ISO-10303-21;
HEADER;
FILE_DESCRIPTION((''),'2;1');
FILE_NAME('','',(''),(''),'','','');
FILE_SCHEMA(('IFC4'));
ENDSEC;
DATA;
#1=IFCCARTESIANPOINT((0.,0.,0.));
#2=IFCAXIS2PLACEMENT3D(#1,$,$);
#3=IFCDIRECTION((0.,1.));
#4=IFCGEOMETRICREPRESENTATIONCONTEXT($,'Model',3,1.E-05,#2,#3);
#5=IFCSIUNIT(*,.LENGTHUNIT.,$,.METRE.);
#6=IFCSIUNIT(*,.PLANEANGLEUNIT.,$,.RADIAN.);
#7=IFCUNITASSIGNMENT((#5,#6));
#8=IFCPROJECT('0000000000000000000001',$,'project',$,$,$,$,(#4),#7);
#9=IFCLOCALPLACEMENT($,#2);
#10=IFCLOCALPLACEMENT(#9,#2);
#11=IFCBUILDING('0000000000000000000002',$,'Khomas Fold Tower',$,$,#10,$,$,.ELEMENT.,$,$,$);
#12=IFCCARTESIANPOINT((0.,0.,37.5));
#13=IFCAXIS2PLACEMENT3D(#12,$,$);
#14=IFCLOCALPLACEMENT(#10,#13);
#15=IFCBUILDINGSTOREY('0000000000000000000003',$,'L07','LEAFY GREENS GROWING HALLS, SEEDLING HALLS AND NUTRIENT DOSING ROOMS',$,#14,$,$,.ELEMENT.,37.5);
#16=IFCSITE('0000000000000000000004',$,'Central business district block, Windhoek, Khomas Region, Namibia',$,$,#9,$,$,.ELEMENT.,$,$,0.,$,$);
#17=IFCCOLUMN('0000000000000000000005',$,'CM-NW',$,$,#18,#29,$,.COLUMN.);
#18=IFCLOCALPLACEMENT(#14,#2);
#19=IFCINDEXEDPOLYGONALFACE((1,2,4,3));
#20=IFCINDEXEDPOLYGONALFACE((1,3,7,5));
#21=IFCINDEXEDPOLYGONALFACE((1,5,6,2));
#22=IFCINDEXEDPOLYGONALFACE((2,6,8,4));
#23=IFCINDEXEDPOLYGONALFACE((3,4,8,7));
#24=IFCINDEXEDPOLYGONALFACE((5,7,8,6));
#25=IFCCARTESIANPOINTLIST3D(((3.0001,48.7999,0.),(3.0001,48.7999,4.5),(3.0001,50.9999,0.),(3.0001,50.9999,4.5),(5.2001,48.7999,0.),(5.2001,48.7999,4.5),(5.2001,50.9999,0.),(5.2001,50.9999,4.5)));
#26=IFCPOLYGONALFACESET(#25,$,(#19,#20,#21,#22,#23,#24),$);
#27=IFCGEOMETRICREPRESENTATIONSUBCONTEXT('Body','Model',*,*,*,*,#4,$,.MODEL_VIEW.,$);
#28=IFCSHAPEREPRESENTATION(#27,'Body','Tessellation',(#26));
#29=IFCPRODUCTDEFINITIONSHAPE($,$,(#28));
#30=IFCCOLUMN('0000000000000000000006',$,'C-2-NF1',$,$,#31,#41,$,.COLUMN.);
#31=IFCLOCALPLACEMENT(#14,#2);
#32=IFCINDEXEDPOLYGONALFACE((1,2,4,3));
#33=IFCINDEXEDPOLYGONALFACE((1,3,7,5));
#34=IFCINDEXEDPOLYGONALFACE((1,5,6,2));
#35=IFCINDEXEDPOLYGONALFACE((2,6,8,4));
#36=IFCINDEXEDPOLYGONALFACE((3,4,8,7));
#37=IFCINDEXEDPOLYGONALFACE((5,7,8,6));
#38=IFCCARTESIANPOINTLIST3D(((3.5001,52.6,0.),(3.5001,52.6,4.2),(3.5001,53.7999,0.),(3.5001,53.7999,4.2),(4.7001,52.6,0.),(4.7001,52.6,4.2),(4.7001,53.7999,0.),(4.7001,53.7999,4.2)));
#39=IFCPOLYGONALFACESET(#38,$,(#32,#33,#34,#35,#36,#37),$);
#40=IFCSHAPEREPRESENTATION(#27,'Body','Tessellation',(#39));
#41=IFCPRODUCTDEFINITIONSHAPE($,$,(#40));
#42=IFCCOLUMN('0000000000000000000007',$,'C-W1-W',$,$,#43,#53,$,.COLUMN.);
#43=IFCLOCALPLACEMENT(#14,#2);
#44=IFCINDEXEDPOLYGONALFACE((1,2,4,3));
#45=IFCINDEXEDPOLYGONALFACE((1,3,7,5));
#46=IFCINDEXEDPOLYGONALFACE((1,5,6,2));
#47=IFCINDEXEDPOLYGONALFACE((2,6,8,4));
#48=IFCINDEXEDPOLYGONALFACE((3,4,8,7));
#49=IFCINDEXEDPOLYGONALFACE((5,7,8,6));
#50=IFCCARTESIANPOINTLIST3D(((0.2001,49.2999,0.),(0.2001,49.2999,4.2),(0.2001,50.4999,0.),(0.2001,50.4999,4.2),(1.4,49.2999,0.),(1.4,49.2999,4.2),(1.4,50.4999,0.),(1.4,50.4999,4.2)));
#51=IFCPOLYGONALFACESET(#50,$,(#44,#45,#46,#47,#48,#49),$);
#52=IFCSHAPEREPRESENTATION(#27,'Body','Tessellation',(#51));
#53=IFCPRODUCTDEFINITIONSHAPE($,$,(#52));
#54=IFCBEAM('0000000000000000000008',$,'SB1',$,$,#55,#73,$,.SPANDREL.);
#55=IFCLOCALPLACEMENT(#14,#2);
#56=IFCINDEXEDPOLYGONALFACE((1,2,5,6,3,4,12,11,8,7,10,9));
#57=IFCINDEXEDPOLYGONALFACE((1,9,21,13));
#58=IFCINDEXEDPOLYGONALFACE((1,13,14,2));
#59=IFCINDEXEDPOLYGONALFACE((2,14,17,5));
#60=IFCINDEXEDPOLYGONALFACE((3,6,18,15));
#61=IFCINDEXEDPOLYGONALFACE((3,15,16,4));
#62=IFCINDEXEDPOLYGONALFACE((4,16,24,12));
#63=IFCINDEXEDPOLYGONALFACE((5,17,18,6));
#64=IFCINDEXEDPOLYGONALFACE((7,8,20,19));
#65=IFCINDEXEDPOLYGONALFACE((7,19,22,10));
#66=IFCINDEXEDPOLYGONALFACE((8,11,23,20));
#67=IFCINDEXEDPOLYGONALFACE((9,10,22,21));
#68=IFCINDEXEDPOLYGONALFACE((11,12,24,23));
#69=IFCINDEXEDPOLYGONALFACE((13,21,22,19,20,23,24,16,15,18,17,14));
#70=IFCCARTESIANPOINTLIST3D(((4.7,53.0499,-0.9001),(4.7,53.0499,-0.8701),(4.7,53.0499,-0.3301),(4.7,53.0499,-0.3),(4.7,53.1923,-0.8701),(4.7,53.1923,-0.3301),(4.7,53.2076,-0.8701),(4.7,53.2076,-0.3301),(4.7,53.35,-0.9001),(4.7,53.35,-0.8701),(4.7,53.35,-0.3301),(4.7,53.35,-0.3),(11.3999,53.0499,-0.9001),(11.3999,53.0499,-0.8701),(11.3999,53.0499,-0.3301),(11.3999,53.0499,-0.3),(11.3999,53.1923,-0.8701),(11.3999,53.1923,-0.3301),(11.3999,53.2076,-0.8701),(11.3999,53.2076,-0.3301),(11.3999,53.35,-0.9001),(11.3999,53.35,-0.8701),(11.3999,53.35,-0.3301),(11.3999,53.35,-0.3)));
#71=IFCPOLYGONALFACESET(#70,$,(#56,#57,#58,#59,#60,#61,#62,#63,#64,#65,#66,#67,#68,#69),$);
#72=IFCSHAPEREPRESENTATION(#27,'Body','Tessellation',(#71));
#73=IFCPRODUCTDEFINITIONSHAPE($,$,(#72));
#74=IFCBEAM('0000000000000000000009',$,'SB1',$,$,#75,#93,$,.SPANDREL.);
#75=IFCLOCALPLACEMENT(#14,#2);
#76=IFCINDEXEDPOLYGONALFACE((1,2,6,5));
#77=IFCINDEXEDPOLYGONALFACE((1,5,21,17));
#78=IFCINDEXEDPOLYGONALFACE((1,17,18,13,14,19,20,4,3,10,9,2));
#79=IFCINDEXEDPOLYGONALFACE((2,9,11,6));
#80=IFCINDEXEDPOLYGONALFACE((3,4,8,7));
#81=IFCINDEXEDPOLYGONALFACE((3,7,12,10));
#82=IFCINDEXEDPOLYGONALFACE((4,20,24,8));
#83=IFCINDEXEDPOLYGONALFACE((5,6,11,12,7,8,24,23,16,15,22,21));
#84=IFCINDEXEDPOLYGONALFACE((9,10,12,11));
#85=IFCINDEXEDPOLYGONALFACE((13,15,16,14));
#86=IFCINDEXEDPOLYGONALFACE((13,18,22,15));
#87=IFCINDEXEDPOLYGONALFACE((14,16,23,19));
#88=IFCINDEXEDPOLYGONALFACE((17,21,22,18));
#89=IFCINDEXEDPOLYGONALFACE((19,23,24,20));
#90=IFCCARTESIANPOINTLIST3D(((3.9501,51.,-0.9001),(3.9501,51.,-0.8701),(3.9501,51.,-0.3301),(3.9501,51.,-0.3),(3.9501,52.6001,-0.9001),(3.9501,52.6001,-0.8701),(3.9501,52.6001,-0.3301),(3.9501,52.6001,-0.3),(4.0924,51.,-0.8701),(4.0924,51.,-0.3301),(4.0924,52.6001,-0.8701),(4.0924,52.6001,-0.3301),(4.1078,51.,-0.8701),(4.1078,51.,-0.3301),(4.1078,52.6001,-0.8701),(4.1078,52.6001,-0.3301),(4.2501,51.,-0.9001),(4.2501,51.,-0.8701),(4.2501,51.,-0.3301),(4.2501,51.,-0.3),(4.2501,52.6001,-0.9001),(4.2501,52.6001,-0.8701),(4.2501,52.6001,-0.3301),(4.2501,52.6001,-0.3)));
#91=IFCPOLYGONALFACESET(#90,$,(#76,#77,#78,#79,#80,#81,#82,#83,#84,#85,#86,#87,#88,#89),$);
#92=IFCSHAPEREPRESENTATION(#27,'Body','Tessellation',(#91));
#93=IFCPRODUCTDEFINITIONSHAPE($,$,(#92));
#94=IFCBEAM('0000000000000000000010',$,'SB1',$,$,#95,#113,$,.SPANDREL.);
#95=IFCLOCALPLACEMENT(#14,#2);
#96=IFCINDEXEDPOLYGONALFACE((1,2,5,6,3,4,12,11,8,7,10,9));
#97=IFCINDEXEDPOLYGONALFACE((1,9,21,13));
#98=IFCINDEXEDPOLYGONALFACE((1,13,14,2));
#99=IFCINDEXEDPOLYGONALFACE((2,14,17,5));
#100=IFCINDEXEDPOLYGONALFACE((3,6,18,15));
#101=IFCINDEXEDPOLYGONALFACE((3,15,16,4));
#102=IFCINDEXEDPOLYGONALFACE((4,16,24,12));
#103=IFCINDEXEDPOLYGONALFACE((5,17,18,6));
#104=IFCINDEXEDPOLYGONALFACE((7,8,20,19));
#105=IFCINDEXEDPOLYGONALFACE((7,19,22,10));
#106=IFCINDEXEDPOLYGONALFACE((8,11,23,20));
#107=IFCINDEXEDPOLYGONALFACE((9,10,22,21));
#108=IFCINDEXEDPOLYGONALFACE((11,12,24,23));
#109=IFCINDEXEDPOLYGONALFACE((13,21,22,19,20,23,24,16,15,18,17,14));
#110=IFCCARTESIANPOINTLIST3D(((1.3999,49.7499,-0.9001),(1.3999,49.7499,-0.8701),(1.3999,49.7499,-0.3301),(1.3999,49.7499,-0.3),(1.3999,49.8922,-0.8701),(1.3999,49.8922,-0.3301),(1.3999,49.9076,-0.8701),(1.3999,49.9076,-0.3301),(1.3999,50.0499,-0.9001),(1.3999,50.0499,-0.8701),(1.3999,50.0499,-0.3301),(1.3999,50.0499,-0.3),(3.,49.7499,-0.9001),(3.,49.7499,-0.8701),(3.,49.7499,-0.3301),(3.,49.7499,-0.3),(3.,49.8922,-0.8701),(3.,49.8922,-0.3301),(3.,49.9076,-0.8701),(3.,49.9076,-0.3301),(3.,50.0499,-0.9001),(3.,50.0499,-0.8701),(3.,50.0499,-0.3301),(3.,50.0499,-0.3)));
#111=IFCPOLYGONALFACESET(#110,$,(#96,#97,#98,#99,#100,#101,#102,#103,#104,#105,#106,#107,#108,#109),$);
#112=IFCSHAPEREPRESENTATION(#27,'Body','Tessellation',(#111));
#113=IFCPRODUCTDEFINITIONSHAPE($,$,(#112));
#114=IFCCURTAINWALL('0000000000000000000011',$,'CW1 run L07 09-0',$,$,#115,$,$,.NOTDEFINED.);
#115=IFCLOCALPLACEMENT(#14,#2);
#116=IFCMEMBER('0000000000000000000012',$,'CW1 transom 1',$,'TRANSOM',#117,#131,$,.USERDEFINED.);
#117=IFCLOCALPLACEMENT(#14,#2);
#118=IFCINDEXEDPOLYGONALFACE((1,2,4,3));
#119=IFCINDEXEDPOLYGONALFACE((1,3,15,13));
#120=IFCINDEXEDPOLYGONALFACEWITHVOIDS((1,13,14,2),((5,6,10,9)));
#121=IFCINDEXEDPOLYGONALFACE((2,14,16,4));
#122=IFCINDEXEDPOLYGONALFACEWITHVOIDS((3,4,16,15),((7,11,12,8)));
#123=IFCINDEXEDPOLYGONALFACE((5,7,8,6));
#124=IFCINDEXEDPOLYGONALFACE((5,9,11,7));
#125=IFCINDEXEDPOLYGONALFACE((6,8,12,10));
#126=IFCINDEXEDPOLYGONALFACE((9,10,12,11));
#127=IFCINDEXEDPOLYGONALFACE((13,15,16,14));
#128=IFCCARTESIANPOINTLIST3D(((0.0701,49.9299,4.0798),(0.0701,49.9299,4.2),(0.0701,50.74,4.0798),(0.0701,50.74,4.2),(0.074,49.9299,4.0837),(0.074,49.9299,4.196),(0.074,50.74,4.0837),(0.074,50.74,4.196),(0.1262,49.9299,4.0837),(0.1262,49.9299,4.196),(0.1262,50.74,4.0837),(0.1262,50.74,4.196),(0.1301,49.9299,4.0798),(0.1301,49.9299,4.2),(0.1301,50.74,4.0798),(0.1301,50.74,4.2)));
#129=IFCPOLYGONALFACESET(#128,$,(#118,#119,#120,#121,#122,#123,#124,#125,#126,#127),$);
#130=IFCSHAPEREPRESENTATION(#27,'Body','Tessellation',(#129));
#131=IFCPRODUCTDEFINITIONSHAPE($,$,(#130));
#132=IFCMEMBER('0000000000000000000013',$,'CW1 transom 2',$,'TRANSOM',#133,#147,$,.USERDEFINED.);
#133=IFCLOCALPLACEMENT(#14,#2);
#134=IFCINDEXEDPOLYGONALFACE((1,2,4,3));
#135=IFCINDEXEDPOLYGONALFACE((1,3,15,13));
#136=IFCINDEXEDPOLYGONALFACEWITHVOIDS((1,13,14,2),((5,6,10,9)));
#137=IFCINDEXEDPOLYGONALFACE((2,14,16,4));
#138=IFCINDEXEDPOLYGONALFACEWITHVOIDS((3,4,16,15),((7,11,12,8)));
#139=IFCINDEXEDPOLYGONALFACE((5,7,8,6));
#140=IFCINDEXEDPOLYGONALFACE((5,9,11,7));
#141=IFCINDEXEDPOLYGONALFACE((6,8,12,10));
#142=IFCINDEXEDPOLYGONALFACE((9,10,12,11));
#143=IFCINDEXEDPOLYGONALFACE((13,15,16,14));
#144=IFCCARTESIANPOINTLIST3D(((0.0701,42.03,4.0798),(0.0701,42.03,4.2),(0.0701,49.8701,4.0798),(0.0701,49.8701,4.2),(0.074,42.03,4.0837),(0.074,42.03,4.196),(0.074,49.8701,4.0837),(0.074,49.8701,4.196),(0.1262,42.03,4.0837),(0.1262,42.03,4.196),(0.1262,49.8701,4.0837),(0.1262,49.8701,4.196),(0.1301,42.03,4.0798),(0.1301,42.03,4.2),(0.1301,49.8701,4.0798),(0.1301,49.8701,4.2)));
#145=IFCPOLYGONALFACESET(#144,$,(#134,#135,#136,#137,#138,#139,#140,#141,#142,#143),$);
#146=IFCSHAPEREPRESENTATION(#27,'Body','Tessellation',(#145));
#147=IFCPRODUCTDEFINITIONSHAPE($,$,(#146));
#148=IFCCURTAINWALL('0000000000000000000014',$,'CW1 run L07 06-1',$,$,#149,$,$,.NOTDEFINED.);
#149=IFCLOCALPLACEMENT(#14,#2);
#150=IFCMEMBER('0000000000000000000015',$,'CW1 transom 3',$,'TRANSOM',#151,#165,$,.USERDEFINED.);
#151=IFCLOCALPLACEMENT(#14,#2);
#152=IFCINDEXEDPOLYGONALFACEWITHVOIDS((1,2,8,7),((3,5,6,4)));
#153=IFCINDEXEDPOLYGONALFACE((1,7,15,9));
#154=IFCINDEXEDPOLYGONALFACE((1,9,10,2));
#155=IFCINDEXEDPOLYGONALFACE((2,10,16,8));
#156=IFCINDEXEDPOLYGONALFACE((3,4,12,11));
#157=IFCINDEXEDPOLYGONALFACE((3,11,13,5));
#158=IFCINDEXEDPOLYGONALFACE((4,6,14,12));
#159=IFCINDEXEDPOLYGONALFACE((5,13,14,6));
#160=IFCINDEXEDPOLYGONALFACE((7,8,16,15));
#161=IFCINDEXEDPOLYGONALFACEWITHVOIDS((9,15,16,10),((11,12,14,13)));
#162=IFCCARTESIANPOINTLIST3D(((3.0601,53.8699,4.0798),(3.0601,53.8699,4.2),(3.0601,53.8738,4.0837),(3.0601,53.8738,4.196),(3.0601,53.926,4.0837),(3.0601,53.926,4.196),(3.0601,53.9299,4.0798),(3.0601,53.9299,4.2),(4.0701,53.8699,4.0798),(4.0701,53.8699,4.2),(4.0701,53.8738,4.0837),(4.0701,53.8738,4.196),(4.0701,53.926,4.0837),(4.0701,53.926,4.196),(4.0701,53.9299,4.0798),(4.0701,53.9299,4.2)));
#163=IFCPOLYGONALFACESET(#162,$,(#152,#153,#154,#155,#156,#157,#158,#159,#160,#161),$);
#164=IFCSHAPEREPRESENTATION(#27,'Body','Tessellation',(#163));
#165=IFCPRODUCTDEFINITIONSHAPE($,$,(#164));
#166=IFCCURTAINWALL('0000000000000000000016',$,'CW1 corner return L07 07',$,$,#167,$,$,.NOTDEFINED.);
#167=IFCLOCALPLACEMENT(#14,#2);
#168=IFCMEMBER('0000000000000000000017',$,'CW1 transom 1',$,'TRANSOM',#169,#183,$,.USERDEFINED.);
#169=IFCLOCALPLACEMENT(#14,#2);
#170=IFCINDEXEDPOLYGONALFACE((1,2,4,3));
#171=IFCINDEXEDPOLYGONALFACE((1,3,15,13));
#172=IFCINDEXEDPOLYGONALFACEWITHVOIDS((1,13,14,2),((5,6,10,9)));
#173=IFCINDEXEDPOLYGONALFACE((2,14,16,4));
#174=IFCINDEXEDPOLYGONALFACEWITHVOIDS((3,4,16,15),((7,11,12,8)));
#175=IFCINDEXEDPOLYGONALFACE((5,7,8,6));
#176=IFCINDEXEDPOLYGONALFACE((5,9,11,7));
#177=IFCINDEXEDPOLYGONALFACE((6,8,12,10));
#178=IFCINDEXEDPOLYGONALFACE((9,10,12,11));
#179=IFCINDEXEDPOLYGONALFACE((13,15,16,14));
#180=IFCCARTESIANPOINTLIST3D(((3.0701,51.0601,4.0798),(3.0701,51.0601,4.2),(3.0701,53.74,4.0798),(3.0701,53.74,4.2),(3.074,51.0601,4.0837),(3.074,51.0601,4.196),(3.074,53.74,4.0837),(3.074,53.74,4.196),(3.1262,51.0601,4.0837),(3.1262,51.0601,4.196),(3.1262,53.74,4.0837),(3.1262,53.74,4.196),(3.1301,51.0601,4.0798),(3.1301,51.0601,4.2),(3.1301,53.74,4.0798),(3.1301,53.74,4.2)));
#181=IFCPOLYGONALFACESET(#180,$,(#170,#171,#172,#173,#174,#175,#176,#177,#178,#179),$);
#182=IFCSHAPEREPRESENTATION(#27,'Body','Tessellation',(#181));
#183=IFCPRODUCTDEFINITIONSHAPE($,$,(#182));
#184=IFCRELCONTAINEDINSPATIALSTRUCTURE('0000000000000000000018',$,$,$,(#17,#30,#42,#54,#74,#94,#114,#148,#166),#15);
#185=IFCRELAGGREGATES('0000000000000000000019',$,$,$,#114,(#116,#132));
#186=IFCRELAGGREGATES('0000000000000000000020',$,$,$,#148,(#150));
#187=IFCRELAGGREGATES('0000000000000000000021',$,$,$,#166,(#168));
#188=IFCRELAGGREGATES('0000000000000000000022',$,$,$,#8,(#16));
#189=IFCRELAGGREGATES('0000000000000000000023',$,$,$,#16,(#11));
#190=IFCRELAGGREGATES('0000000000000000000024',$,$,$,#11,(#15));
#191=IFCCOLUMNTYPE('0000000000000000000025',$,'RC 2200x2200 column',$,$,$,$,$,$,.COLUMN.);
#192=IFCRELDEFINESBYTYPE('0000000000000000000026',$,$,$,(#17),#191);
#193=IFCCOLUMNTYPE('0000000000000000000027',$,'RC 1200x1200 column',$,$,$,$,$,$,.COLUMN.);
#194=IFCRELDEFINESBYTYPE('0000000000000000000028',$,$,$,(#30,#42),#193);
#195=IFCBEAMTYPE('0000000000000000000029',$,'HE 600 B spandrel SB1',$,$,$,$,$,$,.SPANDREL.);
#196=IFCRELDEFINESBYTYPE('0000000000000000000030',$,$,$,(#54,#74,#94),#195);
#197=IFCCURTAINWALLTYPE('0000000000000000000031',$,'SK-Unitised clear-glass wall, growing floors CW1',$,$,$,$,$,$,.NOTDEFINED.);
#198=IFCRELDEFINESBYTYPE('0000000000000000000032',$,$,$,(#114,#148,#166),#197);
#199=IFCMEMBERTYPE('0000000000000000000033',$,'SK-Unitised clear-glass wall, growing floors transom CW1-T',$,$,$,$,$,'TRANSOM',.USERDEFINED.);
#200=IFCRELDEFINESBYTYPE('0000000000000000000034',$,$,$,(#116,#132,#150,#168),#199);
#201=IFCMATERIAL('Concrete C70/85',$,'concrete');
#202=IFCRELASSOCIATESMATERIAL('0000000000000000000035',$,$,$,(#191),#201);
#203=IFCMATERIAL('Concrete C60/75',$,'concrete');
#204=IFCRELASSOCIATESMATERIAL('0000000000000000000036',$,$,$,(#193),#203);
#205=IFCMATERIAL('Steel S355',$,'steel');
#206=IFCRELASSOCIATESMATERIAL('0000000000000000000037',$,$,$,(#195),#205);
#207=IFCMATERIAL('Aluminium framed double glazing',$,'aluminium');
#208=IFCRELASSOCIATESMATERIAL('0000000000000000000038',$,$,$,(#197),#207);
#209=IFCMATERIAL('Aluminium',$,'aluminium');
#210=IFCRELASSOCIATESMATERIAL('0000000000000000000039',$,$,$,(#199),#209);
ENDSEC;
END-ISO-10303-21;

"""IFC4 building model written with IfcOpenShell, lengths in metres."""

from ifc_helpers import new_model, si_unit, direction, frame, origin, origin_2d, place, context, subcontext, project, spatial, rectangle, hollow_rectangle, i_section, extrude, source, transform, mapped, material, material_profile, profile_set, type_object, element, aggregate, save


model = new_model("IFC4")

# Units and contexts
model_context = context("Model", 3, precision=1e-05, world=origin(), true_north=direction((0.0, 1.0)))
body_context = subcontext(model_context, "Body", "Model", "MODEL_VIEW")
ifc_project = project(units=[si_unit("LENGTHUNIT", "METRE"), si_unit("PLANEANGLEUNIT", "RADIAN")], contexts=[model_context])

# Site, building, storey
site_placement = place(None, origin())
site = spatial("IfcSite", under=ifc_project, at=site_placement, Name="Central business district block, Windhoek, Khomas Region, Namibia", CompositionType="ELEMENT", RefElevation=0.0)
building_placement = place(site_placement, origin())
building = spatial("IfcBuilding", under=site, at=building_placement, Name="Khomas Fold Tower", CompositionType="ELEMENT")
storey_placement = place(building_placement, frame((0.0, 0.0, 37.5)))
storey = spatial("IfcBuildingStorey", under=building, at=storey_placement, Name="L07", Description="LEAFY GREENS GROWING HALLS, SEEDLING HALLS AND NUTRIENT DOSING ROOMS", CompositionType="ELEMENT", Elevation=37.5)

# Columns
ifc_material_1 = material(Name="Concrete C70/85", Category="concrete")
ifc_material_profile_1 = material_profile(ifc_material_1, rectangle(XDim=2.2, YDim=2.2, at=origin_2d()), Name="RC 2200x2200")
ifc_profile_set_1 = profile_set([ifc_material_profile_1], Name="Concrete C70/85")
column_type_1 = type_object("IfcColumnType", Name="RC 2200x2200 column", PredefinedType="COLUMN", material=ifc_profile_set_1)
shared_shape_1 = source(origin(), body_context, "Body", "SweptSolid", [
    extrude(rectangle(XDim=2.2, YDim=2.2, at=origin_2d()), origin(), (0.0, 0.0, 1.0), 4.5),
])
column_placement = place(storey_placement, frame((4.1001, 49.8999, 0.0), z_axis=(0.0, 0.0, 1.0), x_axis=(1.0, 0.0, 0.0)))
element("IfcColumn", 1, at=column_placement, inside=storey, type_object=column_type_1, Name="CM-NW", PredefinedType="COLUMN", context=body_context, shape_type="MappedRepresentation", body=[
    mapped(shared_shape_1, transform((0.0, 0.0, 0.0))),
])
ifc_material_2 = material(Name="Concrete C60/75", Category="concrete")
ifc_material_profile_2 = material_profile(ifc_material_2, rectangle(XDim=1.2, YDim=1.2, at=origin_2d()), Name="RC 1200x1200")
ifc_profile_set_2 = profile_set([ifc_material_profile_2], Name="Concrete C60/75")
column_type_2 = type_object("IfcColumnType", Name="RC 1200x1200 column", PredefinedType="COLUMN", material=ifc_profile_set_2)
shared_shape_2 = source(origin(), body_context, "Body", "SweptSolid", [
    extrude(rectangle(XDim=1.2, YDim=1.2, at=origin_2d()), origin(), (0.0, 0.0, 1.0), 4.2),
])
for number, where, z_axis, x_axis, name in (
    (2, (4.1001, 53.2, 0.0), (0.0, 0.0, 1.0), (1.0, 0.0, 0.0), "C-2-NF1"),
    (3, (0.8, 49.8999, 0.0), (0.0, 0.0, 1.0), (1.0, 0.0, 0.0), "C-W1-W"),
):
    element("IfcColumn", number, at=place(storey_placement, frame(where, z_axis=z_axis, x_axis=x_axis)), inside=storey, type_object=column_type_2, Name=name, PredefinedType="COLUMN", context=body_context, shape_type="MappedRepresentation", body=[
        mapped(shared_shape_2, transform((0.0, 0.0, 0.0))),
    ])

# Beams
ifc_material_3 = material(Name="Steel S355", Category="steel")
ifc_material_profile_3 = material_profile(ifc_material_3, i_section(OverallWidth=0.3, OverallDepth=0.6001, WebThickness=0.0154, FlangeThickness=0.03, at=origin_2d()), Name="HE 600 B")
ifc_profile_set_3 = profile_set([ifc_material_profile_3], Name="Steel S355")
beam_type = type_object("IfcBeamType", Name="HE 600 B spandrel SB1", PredefinedType="SPANDREL", material=ifc_profile_set_3)
shared_shape_3 = source(origin(), body_context, "Body", "SweptSolid", [
    extrude(i_section(OverallWidth=0.3, OverallDepth=0.6001, WebThickness=0.0154, FlangeThickness=0.03, at=origin_2d()), origin(), (0.0, 0.0, 1.0), 6.7),
])
beam_placement = place(storey_placement, frame((4.7, 53.2, -0.6001), z_axis=(1.0, 0.0, 0.0), x_axis=(0.0, 1.0, 0.0)))
element("IfcBeam", 4, at=beam_placement, inside=storey, type_object=beam_type, Name="SB1", PredefinedType="SPANDREL", context=body_context, shape_type="MappedRepresentation", body=[
    mapped(shared_shape_3, transform((0.0, 0.0, 0.0))),
])
shared_shape_4 = source(origin(), body_context, "Body", "SweptSolid", [
    extrude(i_section(OverallWidth=0.3, OverallDepth=0.6001, WebThickness=0.0154, FlangeThickness=0.03, at=origin_2d()), origin(), (0.0, 0.0, 1.0), 1.6001),
])
for number, where, z_axis, x_axis, name in (
    (5, (4.1001, 51.0, -0.6001), (0.0, 1.0, 0.0), (-1.0, 0.0, 0.0), "SB1"),
    (6, (1.3999, 49.8999, -0.6001), (1.0, 0.0, 0.0), (0.0, 1.0, 0.0), "SB1"),
):
    element("IfcBeam", number, at=place(storey_placement, frame(where, z_axis=z_axis, x_axis=x_axis)), inside=storey, type_object=beam_type, Name=name, PredefinedType="SPANDREL", context=body_context, shape_type="MappedRepresentation", body=[
        mapped(shared_shape_4, transform((0.0, 0.0, 0.0))),
    ])

# Curtain wall, members
ifc_material_4 = material(Name="Aluminium framed double glazing", Category="aluminium")
curtain_wall_type = type_object("IfcCurtainWallType", Name="SK-Unitised clear-glass wall, growing floors CW1", PredefinedType="NOTDEFINED", material=ifc_material_4)
curtain_wall_1_placement = place(storey_placement, origin())
curtain_wall_1 = element("IfcCurtainWall", 7, at=curtain_wall_1_placement, inside=storey, type_object=curtain_wall_type, Name="CW1 run L07 09-0", PredefinedType="NOTDEFINED")
ifc_material_5 = material(Name="Aluminium", Category="aluminium")
ifc_material_profile_4 = material_profile(ifc_material_5, hollow_rectangle(XDim=0.0601, YDim=0.1201, WallThickness=0.0039, at=origin_2d()), Name="SK-Unitised clear-glass wall, growing floors transom CW1-T")
ifc_profile_set_4 = profile_set([ifc_material_profile_4], Name="Aluminium")
member_type_1 = type_object("IfcMemberType", Name="SK-Unitised clear-glass wall, growing floors transom CW1-T", ElementType="TRANSOM", PredefinedType="USERDEFINED", material=ifc_profile_set_4)
shared_shape_5 = source(origin(), body_context, "Body", "SweptSolid", [
    extrude(hollow_rectangle(XDim=0.0601, YDim=0.1201, WallThickness=0.0039, at=origin_2d()), origin(), (0.0, 0.0, 1.0), 0.8101),
])
member_1_placement = place(storey_placement, frame((0.1001, 50.74, 4.1399), z_axis=(0.0, -1.0, 0.0), x_axis=(1.0, 0.0, 0.0)))
member_1 = element("IfcMember", 8, at=member_1_placement, type_object=member_type_1, Name="CW1 transom 1", ObjectType="TRANSOM", PredefinedType="USERDEFINED", context=body_context, shape_type="MappedRepresentation", body=[
    mapped(shared_shape_5, transform((0.0, 0.0, 0.0))),
])
shared_shape_6 = source(origin(), body_context, "Body", "SweptSolid", [
    extrude(hollow_rectangle(XDim=0.0601, YDim=0.1201, WallThickness=0.0039, at=origin_2d()), origin(), (0.0, 0.0, 1.0), 7.8401),
])
member_2_placement = place(storey_placement, frame((0.1001, 49.8701, 4.1399), z_axis=(0.0, -1.0, 0.0), x_axis=(1.0, 0.0, 0.0)))
member_2 = element("IfcMember", 9, at=member_2_placement, type_object=member_type_1, Name="CW1 transom 2", ObjectType="TRANSOM", PredefinedType="USERDEFINED", context=body_context, shape_type="MappedRepresentation", body=[
    mapped(shared_shape_6, transform((0.0, 0.0, 0.0))),
])

# Curtain walls, members
curtain_wall_2_placement = place(storey_placement, origin())
curtain_wall_2 = element("IfcCurtainWall", 10, at=curtain_wall_2_placement, inside=storey, type_object=curtain_wall_type, Name="CW1 run L07 06-1", PredefinedType="NOTDEFINED")
shared_shape_7 = source(origin(), body_context, "Body", "SweptSolid", [
    extrude(hollow_rectangle(XDim=0.0601, YDim=0.1201, WallThickness=0.0039, at=origin_2d()), origin(), (0.0, 0.0, 1.0), 1.01),
])
member_3_placement = place(storey_placement, frame((4.0701, 53.8999, 4.1399), z_axis=(-1.0, 0.0, 0.0), x_axis=(0.0, -1.0, 0.0)))
member_3 = element("IfcMember", 11, at=member_3_placement, type_object=member_type_1, Name="CW1 transom 3", ObjectType="TRANSOM", PredefinedType="USERDEFINED", context=body_context, shape_type="MappedRepresentation", body=[
    mapped(shared_shape_7, transform((0.0, 0.0, 0.0))),
])
curtain_wall_3_placement = place(storey_placement, origin())
curtain_wall_3 = element("IfcCurtainWall", 12, at=curtain_wall_3_placement, inside=storey, type_object=curtain_wall_type, Name="CW1 corner return L07 07", PredefinedType="NOTDEFINED")
shared_shape_8 = source(origin(), body_context, "Body", "SweptSolid", [
    extrude(hollow_rectangle(XDim=0.0601, YDim=0.1201, WallThickness=0.0039, at=origin_2d()), origin(), (0.0, 0.0, 1.0), 2.6799),
])
member_4_placement = place(storey_placement, frame((3.1001, 53.74, 4.1399), z_axis=(0.0, -1.0, 0.0), x_axis=(1.0, 0.0, 0.0)))
member_4 = element("IfcMember", 13, at=member_4_placement, type_object=member_type_1, Name="CW1 transom 1", ObjectType="TRANSOM", PredefinedType="USERDEFINED", context=body_context, shape_type="MappedRepresentation", body=[
    mapped(shared_shape_8, transform((0.0, 0.0, 0.0))),
])

aggregate(curtain_wall_1, [member_1, member_2])
aggregate(curtain_wall_2, [member_3])
aggregate(curtain_wall_3, [member_4])

save(model, "model.ifc")
